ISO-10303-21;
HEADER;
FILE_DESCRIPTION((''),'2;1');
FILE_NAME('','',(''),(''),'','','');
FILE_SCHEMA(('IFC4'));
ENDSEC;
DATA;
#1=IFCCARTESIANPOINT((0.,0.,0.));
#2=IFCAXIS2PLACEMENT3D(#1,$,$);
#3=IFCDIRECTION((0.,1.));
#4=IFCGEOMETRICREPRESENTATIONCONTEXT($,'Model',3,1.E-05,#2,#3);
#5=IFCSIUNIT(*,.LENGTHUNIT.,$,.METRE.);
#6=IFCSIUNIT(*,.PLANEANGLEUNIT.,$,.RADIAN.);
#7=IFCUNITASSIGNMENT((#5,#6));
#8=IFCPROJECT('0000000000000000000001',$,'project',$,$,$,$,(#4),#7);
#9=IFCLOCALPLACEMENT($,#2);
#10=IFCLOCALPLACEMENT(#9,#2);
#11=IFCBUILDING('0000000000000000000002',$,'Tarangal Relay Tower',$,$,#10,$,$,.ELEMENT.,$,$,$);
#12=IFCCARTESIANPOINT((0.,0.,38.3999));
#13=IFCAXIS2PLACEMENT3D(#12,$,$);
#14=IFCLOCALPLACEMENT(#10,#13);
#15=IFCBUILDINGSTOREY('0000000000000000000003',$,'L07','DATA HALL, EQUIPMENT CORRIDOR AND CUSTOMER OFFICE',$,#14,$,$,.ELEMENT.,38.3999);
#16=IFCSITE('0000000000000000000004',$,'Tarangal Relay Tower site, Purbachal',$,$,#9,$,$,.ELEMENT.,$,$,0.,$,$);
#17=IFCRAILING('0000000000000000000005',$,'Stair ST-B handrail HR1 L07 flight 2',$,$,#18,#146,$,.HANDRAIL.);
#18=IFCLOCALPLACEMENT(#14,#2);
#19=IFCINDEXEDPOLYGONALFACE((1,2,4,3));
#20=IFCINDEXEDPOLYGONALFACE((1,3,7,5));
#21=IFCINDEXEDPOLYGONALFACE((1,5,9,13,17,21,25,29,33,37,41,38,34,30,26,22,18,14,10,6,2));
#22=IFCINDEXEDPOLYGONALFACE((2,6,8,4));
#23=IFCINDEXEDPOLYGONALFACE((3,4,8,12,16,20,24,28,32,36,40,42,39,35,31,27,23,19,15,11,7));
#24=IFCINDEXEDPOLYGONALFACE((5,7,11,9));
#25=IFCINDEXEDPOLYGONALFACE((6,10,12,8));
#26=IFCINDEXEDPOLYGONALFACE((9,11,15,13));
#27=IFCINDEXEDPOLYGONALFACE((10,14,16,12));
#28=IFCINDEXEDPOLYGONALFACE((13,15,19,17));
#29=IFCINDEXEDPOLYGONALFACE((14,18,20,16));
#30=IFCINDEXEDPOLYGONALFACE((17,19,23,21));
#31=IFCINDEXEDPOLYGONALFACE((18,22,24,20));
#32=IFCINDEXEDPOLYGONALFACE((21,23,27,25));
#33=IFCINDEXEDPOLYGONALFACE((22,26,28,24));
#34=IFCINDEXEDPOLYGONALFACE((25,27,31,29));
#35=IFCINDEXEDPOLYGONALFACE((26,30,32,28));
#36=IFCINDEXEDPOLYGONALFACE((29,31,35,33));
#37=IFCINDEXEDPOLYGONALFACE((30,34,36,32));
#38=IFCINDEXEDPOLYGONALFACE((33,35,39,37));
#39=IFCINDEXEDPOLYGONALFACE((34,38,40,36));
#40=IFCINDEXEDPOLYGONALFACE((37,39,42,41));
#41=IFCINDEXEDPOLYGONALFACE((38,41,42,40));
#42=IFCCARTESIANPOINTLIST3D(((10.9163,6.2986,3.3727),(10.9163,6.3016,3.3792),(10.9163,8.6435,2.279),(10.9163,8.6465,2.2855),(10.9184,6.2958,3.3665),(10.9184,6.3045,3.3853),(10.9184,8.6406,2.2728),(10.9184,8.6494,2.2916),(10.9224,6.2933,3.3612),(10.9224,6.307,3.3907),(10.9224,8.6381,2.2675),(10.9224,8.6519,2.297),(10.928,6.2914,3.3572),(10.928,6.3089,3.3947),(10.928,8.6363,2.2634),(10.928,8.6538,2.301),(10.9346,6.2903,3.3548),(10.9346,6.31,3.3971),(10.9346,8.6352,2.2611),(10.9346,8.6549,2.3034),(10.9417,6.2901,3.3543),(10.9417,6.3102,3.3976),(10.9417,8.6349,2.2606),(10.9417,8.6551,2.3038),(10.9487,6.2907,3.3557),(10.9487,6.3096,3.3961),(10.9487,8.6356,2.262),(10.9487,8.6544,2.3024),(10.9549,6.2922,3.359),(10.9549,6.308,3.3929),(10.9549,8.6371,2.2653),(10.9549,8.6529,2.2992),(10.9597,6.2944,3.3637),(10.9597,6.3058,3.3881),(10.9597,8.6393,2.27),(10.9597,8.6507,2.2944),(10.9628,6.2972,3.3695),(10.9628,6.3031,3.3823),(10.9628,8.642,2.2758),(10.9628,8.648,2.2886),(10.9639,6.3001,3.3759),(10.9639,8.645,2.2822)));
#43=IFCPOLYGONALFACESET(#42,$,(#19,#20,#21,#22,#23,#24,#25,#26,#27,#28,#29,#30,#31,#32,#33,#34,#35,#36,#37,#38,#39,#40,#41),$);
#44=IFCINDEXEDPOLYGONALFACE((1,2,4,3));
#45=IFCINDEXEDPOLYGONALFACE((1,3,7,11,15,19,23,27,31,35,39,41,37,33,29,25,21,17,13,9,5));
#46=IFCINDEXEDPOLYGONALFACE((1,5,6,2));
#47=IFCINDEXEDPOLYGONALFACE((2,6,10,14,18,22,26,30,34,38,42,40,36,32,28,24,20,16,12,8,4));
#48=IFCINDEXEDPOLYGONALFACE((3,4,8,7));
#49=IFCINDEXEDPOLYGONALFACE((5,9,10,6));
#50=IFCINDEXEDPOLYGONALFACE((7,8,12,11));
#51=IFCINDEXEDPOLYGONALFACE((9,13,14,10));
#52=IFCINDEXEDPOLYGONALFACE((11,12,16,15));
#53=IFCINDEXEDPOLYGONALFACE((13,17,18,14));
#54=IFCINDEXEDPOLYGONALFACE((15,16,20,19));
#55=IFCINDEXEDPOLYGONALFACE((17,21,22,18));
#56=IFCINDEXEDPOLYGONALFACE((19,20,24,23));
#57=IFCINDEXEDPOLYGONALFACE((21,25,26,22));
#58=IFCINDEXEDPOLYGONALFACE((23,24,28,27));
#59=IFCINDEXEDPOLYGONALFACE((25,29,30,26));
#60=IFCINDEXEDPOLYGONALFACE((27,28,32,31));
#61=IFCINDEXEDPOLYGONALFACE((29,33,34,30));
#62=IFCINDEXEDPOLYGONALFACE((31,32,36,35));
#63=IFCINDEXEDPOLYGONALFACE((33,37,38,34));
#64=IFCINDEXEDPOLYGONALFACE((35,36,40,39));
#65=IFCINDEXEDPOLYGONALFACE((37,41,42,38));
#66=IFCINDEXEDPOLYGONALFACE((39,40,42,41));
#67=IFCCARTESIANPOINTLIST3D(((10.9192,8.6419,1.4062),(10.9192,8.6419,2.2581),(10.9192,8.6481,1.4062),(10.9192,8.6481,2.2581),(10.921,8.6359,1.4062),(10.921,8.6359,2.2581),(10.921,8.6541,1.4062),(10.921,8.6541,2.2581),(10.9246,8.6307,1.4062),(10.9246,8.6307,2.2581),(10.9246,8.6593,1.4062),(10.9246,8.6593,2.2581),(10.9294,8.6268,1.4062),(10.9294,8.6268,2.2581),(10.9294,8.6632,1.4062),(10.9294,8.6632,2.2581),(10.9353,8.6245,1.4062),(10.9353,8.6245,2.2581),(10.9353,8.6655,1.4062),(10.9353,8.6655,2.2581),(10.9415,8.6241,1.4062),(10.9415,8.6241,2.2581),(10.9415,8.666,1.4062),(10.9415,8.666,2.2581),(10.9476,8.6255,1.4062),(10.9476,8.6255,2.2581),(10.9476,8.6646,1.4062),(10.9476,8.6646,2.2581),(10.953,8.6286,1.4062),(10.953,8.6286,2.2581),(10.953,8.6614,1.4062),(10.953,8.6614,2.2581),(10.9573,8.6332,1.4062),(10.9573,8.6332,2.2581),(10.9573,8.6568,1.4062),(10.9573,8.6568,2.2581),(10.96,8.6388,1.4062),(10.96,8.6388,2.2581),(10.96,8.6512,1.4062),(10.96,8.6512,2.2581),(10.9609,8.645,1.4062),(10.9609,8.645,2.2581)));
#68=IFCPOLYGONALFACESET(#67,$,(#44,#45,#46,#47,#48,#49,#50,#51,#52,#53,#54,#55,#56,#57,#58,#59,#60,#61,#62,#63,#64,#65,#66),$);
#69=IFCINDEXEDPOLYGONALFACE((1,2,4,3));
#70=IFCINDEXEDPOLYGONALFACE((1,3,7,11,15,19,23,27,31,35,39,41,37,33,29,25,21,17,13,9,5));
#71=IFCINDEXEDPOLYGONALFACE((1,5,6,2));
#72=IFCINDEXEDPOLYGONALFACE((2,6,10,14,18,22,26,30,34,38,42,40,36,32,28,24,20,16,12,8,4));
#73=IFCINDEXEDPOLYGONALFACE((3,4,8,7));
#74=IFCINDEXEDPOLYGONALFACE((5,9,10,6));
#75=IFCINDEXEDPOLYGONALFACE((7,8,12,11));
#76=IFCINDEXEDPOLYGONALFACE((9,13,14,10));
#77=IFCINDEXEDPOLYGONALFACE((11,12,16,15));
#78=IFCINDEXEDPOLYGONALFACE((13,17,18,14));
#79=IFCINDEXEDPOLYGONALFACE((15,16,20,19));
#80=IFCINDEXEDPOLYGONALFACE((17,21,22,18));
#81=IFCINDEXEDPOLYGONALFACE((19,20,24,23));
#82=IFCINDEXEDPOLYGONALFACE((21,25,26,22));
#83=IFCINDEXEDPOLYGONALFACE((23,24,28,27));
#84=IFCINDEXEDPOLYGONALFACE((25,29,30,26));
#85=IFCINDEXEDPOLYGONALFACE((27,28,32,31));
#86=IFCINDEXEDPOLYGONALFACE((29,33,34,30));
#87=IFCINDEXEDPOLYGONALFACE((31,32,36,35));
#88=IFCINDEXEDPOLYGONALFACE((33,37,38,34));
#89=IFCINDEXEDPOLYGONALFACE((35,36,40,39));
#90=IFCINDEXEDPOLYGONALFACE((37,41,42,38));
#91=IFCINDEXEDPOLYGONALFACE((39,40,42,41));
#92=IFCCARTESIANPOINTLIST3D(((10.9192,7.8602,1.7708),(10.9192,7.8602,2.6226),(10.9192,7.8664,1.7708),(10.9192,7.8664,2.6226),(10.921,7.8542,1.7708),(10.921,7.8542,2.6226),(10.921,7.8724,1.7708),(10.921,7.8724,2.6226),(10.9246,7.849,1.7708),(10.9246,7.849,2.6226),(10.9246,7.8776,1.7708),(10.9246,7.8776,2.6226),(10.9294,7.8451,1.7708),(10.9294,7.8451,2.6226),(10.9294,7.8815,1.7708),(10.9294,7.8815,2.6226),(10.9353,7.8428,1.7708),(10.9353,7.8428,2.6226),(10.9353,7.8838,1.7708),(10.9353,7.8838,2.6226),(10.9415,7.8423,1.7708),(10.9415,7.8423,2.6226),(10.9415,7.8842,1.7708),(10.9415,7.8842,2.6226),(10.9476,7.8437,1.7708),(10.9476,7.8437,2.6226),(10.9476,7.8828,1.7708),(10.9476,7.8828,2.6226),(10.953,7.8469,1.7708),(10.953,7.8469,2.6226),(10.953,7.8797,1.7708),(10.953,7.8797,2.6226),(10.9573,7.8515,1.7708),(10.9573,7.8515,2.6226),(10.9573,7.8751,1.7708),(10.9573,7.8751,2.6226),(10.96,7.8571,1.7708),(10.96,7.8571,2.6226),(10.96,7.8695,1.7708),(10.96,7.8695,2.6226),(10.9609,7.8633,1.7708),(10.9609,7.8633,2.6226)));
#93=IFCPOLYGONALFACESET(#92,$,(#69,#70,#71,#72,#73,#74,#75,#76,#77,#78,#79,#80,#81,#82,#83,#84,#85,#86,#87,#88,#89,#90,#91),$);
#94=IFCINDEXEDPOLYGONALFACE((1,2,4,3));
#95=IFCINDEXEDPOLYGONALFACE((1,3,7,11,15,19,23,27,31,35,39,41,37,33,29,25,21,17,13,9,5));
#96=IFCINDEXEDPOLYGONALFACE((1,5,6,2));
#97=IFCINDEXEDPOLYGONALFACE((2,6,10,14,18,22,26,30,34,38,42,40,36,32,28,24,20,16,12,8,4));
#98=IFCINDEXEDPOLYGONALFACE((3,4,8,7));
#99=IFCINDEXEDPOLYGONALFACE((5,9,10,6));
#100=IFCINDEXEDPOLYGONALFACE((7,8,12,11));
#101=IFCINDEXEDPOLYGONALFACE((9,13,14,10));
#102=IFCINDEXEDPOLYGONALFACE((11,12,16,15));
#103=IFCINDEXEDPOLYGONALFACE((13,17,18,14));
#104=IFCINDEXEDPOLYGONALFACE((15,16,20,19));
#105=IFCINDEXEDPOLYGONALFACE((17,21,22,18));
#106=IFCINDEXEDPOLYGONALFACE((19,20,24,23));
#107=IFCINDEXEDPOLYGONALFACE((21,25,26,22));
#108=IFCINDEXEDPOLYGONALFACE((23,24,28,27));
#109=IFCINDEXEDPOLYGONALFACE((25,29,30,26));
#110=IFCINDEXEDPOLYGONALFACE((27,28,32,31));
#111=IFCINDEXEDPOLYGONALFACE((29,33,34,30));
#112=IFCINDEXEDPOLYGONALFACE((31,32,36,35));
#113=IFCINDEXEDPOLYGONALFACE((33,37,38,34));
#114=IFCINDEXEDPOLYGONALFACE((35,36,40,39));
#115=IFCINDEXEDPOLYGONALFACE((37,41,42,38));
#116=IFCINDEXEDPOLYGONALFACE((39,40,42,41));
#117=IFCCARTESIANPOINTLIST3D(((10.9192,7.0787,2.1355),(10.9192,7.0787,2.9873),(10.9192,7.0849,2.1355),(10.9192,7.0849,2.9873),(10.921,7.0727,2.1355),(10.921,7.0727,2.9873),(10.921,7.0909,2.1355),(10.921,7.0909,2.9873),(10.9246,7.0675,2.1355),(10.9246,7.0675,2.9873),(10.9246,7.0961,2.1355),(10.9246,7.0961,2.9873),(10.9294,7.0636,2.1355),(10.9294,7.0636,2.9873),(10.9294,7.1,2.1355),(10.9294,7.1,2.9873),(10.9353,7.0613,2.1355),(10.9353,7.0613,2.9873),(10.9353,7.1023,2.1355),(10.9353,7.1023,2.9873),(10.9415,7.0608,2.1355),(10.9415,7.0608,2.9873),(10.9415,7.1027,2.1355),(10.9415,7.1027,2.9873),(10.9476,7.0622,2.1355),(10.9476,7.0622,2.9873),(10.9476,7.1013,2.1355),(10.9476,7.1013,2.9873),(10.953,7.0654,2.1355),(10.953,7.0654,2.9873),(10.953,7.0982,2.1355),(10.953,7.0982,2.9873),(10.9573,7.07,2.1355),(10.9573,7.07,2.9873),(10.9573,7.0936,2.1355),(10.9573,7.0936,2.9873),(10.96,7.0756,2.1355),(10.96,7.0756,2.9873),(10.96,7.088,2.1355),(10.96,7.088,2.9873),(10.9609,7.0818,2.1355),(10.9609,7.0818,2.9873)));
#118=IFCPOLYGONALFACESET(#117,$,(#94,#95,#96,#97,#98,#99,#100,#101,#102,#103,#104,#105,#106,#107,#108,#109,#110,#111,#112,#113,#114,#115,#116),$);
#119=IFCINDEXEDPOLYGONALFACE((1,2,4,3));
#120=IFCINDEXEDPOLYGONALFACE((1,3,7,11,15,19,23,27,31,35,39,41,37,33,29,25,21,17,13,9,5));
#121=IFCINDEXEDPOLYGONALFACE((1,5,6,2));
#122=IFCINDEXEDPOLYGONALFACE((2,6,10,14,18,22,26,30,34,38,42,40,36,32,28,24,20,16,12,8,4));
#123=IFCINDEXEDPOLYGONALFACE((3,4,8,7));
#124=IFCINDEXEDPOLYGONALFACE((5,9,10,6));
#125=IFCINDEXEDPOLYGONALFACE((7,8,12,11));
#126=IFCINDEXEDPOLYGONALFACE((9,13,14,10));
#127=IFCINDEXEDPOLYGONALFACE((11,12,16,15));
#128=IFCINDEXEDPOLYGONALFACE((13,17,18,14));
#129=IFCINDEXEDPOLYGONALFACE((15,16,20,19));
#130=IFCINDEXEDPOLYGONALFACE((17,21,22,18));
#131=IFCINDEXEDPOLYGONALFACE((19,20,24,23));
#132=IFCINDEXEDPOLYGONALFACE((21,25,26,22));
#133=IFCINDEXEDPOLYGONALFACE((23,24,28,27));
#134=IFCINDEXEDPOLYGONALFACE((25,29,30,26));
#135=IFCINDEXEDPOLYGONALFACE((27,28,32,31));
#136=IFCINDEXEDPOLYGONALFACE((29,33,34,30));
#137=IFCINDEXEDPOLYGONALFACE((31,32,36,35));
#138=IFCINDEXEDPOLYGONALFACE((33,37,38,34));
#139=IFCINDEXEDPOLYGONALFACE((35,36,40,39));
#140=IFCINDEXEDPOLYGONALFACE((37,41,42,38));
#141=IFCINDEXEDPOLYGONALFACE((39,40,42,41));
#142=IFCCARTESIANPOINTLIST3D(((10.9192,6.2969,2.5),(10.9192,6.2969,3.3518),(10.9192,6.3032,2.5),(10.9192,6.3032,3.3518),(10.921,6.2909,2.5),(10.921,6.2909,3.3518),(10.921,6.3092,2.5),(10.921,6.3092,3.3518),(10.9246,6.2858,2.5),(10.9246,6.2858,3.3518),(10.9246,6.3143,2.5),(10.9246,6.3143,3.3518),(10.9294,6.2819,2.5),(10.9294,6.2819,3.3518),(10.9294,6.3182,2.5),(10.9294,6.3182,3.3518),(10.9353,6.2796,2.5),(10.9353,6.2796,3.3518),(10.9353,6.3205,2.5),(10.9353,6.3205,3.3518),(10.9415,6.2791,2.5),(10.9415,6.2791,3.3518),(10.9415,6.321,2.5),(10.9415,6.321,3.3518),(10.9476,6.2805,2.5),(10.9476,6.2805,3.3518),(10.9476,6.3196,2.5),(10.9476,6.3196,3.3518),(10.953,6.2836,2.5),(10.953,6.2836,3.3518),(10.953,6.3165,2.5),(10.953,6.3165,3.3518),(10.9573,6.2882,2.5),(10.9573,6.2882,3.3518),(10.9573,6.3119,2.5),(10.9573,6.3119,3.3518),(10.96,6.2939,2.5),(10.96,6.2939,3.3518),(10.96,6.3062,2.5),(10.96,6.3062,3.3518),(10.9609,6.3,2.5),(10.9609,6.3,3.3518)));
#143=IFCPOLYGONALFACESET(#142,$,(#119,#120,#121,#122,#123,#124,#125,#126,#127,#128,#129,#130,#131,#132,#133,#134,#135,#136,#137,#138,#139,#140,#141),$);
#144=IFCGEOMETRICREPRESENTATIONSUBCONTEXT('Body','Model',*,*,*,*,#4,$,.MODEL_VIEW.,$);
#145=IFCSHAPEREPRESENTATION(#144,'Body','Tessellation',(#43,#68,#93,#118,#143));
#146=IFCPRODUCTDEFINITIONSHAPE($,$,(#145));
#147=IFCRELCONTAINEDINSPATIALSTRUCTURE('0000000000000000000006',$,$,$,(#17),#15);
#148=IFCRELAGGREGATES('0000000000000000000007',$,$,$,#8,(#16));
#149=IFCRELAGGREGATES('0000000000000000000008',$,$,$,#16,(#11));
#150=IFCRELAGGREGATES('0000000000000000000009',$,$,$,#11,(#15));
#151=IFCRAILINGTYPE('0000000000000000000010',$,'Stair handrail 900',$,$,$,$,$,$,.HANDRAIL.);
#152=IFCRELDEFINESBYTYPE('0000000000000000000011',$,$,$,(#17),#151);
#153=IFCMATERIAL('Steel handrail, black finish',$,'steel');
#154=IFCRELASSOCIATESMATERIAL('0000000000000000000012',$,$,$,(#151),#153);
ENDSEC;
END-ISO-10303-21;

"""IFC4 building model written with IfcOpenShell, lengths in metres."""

from ifc_helpers import new_model, si_unit, direction, frame, origin, origin_2d, place, context, subcontext, project, spatial, circle, extrude, material, type_object, element, save


model = new_model("IFC4")

# Units and contexts
model_context = context("Model", 3, precision=1e-05, world=origin(), true_north=direction((0.0, 1.0)))
body_context = subcontext(model_context, "Body", "Model", "MODEL_VIEW")
ifc_project = project(units=[si_unit("LENGTHUNIT", "METRE"), si_unit("PLANEANGLEUNIT", "RADIAN")], contexts=[model_context])

# Site, building, storey
site_placement = place(None, origin())
site = spatial("IfcSite", under=ifc_project, at=site_placement, Name="Tarangal Relay Tower site, Purbachal", CompositionType="ELEMENT", RefElevation=0.0)
building_placement = place(site_placement, origin())
building = spatial("IfcBuilding", under=site, at=building_placement, Name="Tarangal Relay Tower", CompositionType="ELEMENT")
storey_placement = place(building_placement, frame((0.0, 0.0, 38.3999)))
storey = spatial("IfcBuildingStorey", under=building, at=storey_placement, Name="L07", Description="DATA HALL, EQUIPMENT CORRIDOR AND CUSTOMER OFFICE", CompositionType="ELEMENT", Elevation=38.3999)

# Railing
ifc_material_1 = material(Name="Steel handrail, black finish", Category="steel")
railing_type_1 = type_object("IfcRailingType", Name="Stair handrail 900", PredefinedType="HANDRAIL", material=ifc_material_1)
for number, where, name in (
    (1, (10.9399, 8.645, 1.4062), "Stair ST-B handrail HR1 L07 flight 2"),
):
    element("IfcRailing", number, at=place(storey_placement, frame(where)), inside=storey, type_object=railing_type_1, Name=name, PredefinedType="HANDRAIL", context=body_context, shape_type="SweptSolid", body=[
        extrude(circle(Radius=0.0239, at=origin_2d()), frame((0.0, 0.0, 0.876), z_axis=(0.0, -0.906267, 0.422705), x_axis=(1.0, 0.0, 0.0)), (0.0, 0.0, 1.0), 2.5874),
        extrude(circle(Radius=0.021, at=origin_2d()), origin(), (0.0, 0.0, 1.0), 0.8518),
        extrude(circle(Radius=0.021, at=origin_2d()), frame((0.0, -0.7817, 0.3645)), (0.0, 0.0, 1.0), 0.8518),
        extrude(circle(Radius=0.021, at=origin_2d()), frame((0.0, -1.5632, 0.7292)), (0.0, 0.0, 1.0), 0.8518),
        extrude(circle(Radius=0.021, at=origin_2d()), frame((0.0, -2.345, 1.0938)), (0.0, 0.0, 1.0), 0.8518),
    ])

save(model, "model.ifc")
